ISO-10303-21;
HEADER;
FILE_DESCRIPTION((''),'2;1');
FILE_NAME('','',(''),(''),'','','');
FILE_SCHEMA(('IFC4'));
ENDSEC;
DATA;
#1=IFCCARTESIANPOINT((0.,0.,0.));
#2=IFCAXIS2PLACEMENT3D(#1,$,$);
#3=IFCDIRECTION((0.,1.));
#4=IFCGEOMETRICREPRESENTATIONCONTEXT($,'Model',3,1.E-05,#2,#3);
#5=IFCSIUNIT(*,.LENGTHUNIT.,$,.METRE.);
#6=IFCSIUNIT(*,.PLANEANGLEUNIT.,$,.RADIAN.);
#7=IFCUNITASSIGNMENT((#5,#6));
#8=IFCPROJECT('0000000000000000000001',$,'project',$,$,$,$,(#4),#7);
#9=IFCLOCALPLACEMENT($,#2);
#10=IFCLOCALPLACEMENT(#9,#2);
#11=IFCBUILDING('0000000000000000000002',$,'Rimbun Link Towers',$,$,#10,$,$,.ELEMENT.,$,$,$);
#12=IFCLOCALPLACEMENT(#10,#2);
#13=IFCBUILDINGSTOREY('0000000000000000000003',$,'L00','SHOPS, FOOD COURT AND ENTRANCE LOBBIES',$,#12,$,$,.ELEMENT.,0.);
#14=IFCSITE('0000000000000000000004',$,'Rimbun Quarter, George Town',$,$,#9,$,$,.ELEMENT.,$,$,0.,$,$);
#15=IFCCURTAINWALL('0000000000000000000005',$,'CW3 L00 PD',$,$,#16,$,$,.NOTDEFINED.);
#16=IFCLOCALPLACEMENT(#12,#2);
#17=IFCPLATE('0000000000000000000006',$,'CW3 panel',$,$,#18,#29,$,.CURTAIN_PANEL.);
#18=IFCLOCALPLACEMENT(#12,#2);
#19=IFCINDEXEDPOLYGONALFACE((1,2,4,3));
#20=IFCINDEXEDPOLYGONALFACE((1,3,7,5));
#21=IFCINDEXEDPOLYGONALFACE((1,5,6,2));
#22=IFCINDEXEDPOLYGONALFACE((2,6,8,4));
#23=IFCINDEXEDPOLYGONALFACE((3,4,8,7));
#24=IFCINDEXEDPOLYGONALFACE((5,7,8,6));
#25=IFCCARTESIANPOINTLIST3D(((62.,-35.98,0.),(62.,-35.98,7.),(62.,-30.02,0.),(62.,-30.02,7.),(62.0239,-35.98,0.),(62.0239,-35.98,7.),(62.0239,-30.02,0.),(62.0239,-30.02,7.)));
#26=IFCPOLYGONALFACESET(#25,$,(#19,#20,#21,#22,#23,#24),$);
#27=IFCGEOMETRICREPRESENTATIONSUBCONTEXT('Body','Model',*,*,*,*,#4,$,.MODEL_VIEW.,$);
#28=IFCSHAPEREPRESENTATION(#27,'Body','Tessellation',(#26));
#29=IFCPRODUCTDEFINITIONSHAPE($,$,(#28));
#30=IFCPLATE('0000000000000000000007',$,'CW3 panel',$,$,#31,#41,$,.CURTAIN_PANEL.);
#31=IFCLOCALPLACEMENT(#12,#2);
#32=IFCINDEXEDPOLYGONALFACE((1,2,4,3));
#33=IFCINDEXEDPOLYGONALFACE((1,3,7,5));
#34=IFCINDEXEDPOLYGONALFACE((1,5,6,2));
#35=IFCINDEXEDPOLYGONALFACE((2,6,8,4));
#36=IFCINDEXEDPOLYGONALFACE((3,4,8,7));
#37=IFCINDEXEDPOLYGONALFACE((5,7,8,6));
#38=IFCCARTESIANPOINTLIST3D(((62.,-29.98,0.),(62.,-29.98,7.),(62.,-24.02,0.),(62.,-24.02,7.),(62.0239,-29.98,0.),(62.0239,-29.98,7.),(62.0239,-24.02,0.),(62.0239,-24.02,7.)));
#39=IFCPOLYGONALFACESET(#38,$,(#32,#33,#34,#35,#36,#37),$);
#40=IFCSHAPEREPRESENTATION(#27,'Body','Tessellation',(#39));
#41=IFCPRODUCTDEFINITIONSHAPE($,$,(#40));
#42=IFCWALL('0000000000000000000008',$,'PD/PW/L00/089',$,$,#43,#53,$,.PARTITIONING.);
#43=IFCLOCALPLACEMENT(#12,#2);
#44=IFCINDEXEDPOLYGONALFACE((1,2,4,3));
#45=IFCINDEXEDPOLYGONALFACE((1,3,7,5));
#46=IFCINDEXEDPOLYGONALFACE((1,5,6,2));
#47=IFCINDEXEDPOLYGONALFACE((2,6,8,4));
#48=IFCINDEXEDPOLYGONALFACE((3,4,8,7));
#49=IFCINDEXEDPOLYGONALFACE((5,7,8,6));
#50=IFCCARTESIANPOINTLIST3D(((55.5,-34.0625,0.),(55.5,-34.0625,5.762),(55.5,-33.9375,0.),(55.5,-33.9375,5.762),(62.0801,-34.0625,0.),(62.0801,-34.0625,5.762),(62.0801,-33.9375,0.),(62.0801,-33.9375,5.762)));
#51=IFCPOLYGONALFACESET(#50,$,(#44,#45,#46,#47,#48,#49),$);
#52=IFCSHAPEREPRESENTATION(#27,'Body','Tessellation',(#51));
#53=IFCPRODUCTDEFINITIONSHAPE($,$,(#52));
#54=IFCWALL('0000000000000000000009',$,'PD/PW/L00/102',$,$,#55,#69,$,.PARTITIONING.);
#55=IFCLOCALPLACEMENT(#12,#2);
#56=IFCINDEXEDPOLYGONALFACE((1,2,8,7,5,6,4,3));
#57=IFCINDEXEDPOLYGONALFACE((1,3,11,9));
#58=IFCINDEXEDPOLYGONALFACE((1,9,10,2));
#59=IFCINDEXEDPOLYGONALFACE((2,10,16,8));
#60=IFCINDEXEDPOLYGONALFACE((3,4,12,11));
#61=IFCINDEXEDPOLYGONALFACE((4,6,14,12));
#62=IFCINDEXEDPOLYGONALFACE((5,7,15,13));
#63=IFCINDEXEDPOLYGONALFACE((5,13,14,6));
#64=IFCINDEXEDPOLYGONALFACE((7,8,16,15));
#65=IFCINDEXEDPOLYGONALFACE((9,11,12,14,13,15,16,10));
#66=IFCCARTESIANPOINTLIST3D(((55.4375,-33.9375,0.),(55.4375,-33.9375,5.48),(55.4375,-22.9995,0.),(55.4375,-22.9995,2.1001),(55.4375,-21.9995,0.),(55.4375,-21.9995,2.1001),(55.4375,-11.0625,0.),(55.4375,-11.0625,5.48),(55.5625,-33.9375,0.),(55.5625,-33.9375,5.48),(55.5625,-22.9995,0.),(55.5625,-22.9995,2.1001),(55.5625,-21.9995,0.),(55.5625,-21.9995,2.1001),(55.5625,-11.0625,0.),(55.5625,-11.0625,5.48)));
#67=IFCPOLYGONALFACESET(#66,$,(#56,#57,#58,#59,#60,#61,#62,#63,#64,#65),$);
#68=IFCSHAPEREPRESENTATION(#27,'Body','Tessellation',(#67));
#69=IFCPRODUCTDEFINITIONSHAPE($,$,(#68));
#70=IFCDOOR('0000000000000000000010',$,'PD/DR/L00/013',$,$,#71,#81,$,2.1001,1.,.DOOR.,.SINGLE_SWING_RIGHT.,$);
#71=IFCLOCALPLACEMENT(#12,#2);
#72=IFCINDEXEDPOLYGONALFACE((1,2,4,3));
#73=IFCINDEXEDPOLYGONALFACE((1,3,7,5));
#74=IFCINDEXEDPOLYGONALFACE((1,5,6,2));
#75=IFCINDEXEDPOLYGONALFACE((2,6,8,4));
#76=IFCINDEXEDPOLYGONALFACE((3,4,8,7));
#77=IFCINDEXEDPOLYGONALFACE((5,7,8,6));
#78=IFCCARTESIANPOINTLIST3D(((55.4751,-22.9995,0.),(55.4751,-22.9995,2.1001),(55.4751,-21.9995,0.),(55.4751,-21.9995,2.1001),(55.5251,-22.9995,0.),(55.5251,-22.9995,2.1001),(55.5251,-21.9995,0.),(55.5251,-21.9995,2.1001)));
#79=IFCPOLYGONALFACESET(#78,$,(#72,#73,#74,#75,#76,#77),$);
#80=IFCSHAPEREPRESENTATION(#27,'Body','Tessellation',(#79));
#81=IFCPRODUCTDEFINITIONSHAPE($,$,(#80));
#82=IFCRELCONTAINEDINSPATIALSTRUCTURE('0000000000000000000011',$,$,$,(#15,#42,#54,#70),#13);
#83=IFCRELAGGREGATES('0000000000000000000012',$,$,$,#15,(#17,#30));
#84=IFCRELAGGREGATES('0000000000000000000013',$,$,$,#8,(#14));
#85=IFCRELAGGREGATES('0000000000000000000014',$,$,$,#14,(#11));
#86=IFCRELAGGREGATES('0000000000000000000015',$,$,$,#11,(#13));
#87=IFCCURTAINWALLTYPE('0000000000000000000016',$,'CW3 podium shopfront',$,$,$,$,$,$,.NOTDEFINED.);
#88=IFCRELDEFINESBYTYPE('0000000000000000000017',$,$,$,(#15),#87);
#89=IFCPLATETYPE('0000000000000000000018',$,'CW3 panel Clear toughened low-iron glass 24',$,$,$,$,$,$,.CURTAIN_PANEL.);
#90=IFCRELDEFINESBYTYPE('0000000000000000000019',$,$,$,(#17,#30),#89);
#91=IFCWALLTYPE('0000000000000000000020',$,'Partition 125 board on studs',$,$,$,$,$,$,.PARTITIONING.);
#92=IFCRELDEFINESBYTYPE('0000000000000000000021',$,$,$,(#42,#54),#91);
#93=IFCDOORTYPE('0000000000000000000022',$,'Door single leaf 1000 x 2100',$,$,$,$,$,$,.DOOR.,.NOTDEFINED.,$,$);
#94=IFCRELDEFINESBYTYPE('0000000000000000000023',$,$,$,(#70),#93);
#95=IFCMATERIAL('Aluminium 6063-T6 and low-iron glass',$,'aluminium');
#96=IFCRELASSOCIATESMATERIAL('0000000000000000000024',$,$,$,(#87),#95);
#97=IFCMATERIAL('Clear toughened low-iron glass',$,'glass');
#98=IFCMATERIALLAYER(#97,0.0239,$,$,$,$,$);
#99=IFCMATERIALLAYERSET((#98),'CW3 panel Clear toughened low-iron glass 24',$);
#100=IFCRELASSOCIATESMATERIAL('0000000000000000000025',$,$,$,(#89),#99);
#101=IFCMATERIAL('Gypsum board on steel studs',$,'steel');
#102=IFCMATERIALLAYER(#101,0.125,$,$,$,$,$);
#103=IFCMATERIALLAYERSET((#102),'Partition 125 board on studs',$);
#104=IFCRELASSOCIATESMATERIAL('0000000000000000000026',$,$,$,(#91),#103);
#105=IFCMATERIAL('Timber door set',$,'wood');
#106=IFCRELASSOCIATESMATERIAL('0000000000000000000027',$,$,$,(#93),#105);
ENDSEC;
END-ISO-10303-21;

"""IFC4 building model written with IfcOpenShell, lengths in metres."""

from ifc_helpers import new_model, si_unit, direction, frame, frame_2d, origin, origin_2d, place, context, subcontext, project, spatial, rectangle, extrude, material, layer, layer_set, type_object, element, fill, aggregate, save


model = new_model("IFC4")

# Units and contexts
model_context = context("Model", 3, precision=1e-05, world=origin(), true_north=direction((0.0, 1.0)))
body_context = subcontext(model_context, "Body", "Model", "MODEL_VIEW")
ifc_project = project(units=[si_unit("LENGTHUNIT", "METRE"), si_unit("PLANEANGLEUNIT", "RADIAN")], contexts=[model_context])

# Site, building, storey
site_placement = place(None, origin())
site = spatial("IfcSite", under=ifc_project, at=site_placement, Name="Rimbun Quarter, George Town", CompositionType="ELEMENT", RefElevation=0.0)
building_placement = place(site_placement, origin())
building = spatial("IfcBuilding", under=site, at=building_placement, Name="Rimbun Link Towers", CompositionType="ELEMENT")
storey_placement = place(building_placement, origin())
storey = spatial("IfcBuildingStorey", under=building, at=storey_placement, Name="L00", Description="SHOPS, FOOD COURT AND ENTRANCE LOBBIES", CompositionType="ELEMENT", Elevation=0.0)

# Curtain wall, plates
ifc_material_1 = material(Name="Aluminium 6063-T6 and low-iron glass", Category="aluminium")
curtain_wall_type = type_object("IfcCurtainWallType", Name="CW3 podium shopfront", PredefinedType="NOTDEFINED", material=ifc_material_1)
curtain_wall_placement = place(storey_placement, origin())
curtain_wall = element("IfcCurtainWall", 1, at=curtain_wall_placement, inside=storey, type_object=curtain_wall_type, Name="CW3 L00 PD", PredefinedType="NOTDEFINED")
ifc_material_2 = material(Name="Clear toughened low-iron glass", Category="glass")
ifc_layer_1 = layer(ifc_material_2, 0.0239)
ifc_layer_set_1 = layer_set([ifc_layer_1], Name="CW3 panel Clear toughened low-iron glass 24")
plate_type = type_object("IfcPlateType", Name="CW3 panel Clear toughened low-iron glass 24", PredefinedType="CURTAIN_PANEL", material=ifc_layer_set_1)
plate_1_placement = place(storey_placement, frame((62.012, -33.0, 0.0), z_axis=(0.0, 0.0, 1.0), x_axis=(0.0, -1.0, 0.0)))
plate_1 = element("IfcPlate", 2, at=plate_1_placement, type_object=plate_type, Name="CW3 panel", PredefinedType="CURTAIN_PANEL", context=body_context, shape_type="SweptSolid", body=[
    extrude(rectangle(XDim=5.96, YDim=0.0239, at=origin_2d()), origin(), (0.0, 0.0, 1.0), 7.0),
])
plate_2_placement = place(storey_placement, frame((62.012, -27.0, 0.0), z_axis=(0.0, 0.0, 1.0), x_axis=(0.0, -1.0, 0.0)))
plate_2 = element("IfcPlate", 3, at=plate_2_placement, type_object=plate_type, Name="CW3 panel", PredefinedType="CURTAIN_PANEL", context=body_context, shape_type="SweptSolid", body=[
    extrude(rectangle(XDim=5.96, YDim=0.0239, at=origin_2d()), origin(), (0.0, 0.0, 1.0), 7.0),
])
aggregate(curtain_wall, [plate_1, plate_2])

# Wall
ifc_material_3 = material(Name="Gypsum board on steel studs", Category="steel")
ifc_layer_2 = layer(ifc_material_3, 0.125)
ifc_layer_set_2 = layer_set([ifc_layer_2], Name="Partition 125 board on studs")
wall_type = type_object("IfcWallType", Name="Partition 125 board on studs", PredefinedType="PARTITIONING", material=ifc_layer_set_2)
wall_1_placement = place(storey_placement, frame((62.0801, -34.0, 0.0), z_axis=(0.0, 0.0, 1.0), x_axis=(-1.0, 0.0, 0.0)))
element("IfcWall", 4, at=wall_1_placement, inside=storey, type_object=wall_type, Name="PD/PW/L00/089", PredefinedType="PARTITIONING", context=body_context, shape_type="SweptSolid", body=[
    extrude(rectangle(XDim=6.5801, YDim=0.125, at=frame_2d((3.29, 0.0))), origin(), (0.0, 0.0, 1.0), 5.762),
])

# Wall, opening, door
wall_2_placement = place(storey_placement, frame((55.5, -33.9375, 0.0), z_axis=(0.0, 0.0, 1.0), x_axis=(0.0, 1.0, 0.0)))
wall_2 = element("IfcWall", 5, at=wall_2_placement, inside=storey, type_object=wall_type, Name="PD/PW/L00/102", PredefinedType="PARTITIONING", context=body_context, shape_type="SweptSolid", body=[
    extrude(rectangle(XDim=22.875, YDim=0.125, at=frame_2d((11.4375, 0.0))), origin(), (0.0, 0.0, 1.0), 5.48),
])
opening_placement = place(wall_2_placement, frame((10.938, 0.0, 0.0)))
opening = element("IfcOpeningElement", 6, at=opening_placement, cuts=wall_2, PredefinedType="OPENING", context=body_context, shape_type="SweptSolid", body=[
    extrude(rectangle(XDim=1.0, YDim=2.1001, at=frame_2d((0.5, 1.05))), frame((0.0, 0.0725, 0.0), z_axis=(0.0, -1.0, 0.0), x_axis=(1.0, 0.0, 0.0)), (0.0, 0.0, 1.0), 0.145),
])
ifc_material_4 = material(Name="Timber door set", Category="wood")
door_type = type_object("IfcDoorType", Name="Door single leaf 1000 x 2100", OperationType="NOTDEFINED", PredefinedType="DOOR", material=ifc_material_4)
door_placement = place(opening_placement, origin())
door = element("IfcDoor", 7, at=door_placement, inside=storey, type_object=door_type, Name="PD/DR/L00/013", OperationType="SINGLE_SWING_RIGHT", OverallHeight=2.1001, OverallWidth=1.0, PredefinedType="DOOR", context=body_context, shape_type="SweptSolid", body=[
    extrude(rectangle(XDim=1.0, YDim=2.1001, at=frame_2d((0.5, 1.05))), frame((0.0, 0.0249, 0.0), z_axis=(0.0, -1.0, 0.0), x_axis=(1.0, 0.0, 0.0)), (0.0, 0.0, 1.0), 0.05),
])
fill(opening, door)

save(model, "model.ifc")
